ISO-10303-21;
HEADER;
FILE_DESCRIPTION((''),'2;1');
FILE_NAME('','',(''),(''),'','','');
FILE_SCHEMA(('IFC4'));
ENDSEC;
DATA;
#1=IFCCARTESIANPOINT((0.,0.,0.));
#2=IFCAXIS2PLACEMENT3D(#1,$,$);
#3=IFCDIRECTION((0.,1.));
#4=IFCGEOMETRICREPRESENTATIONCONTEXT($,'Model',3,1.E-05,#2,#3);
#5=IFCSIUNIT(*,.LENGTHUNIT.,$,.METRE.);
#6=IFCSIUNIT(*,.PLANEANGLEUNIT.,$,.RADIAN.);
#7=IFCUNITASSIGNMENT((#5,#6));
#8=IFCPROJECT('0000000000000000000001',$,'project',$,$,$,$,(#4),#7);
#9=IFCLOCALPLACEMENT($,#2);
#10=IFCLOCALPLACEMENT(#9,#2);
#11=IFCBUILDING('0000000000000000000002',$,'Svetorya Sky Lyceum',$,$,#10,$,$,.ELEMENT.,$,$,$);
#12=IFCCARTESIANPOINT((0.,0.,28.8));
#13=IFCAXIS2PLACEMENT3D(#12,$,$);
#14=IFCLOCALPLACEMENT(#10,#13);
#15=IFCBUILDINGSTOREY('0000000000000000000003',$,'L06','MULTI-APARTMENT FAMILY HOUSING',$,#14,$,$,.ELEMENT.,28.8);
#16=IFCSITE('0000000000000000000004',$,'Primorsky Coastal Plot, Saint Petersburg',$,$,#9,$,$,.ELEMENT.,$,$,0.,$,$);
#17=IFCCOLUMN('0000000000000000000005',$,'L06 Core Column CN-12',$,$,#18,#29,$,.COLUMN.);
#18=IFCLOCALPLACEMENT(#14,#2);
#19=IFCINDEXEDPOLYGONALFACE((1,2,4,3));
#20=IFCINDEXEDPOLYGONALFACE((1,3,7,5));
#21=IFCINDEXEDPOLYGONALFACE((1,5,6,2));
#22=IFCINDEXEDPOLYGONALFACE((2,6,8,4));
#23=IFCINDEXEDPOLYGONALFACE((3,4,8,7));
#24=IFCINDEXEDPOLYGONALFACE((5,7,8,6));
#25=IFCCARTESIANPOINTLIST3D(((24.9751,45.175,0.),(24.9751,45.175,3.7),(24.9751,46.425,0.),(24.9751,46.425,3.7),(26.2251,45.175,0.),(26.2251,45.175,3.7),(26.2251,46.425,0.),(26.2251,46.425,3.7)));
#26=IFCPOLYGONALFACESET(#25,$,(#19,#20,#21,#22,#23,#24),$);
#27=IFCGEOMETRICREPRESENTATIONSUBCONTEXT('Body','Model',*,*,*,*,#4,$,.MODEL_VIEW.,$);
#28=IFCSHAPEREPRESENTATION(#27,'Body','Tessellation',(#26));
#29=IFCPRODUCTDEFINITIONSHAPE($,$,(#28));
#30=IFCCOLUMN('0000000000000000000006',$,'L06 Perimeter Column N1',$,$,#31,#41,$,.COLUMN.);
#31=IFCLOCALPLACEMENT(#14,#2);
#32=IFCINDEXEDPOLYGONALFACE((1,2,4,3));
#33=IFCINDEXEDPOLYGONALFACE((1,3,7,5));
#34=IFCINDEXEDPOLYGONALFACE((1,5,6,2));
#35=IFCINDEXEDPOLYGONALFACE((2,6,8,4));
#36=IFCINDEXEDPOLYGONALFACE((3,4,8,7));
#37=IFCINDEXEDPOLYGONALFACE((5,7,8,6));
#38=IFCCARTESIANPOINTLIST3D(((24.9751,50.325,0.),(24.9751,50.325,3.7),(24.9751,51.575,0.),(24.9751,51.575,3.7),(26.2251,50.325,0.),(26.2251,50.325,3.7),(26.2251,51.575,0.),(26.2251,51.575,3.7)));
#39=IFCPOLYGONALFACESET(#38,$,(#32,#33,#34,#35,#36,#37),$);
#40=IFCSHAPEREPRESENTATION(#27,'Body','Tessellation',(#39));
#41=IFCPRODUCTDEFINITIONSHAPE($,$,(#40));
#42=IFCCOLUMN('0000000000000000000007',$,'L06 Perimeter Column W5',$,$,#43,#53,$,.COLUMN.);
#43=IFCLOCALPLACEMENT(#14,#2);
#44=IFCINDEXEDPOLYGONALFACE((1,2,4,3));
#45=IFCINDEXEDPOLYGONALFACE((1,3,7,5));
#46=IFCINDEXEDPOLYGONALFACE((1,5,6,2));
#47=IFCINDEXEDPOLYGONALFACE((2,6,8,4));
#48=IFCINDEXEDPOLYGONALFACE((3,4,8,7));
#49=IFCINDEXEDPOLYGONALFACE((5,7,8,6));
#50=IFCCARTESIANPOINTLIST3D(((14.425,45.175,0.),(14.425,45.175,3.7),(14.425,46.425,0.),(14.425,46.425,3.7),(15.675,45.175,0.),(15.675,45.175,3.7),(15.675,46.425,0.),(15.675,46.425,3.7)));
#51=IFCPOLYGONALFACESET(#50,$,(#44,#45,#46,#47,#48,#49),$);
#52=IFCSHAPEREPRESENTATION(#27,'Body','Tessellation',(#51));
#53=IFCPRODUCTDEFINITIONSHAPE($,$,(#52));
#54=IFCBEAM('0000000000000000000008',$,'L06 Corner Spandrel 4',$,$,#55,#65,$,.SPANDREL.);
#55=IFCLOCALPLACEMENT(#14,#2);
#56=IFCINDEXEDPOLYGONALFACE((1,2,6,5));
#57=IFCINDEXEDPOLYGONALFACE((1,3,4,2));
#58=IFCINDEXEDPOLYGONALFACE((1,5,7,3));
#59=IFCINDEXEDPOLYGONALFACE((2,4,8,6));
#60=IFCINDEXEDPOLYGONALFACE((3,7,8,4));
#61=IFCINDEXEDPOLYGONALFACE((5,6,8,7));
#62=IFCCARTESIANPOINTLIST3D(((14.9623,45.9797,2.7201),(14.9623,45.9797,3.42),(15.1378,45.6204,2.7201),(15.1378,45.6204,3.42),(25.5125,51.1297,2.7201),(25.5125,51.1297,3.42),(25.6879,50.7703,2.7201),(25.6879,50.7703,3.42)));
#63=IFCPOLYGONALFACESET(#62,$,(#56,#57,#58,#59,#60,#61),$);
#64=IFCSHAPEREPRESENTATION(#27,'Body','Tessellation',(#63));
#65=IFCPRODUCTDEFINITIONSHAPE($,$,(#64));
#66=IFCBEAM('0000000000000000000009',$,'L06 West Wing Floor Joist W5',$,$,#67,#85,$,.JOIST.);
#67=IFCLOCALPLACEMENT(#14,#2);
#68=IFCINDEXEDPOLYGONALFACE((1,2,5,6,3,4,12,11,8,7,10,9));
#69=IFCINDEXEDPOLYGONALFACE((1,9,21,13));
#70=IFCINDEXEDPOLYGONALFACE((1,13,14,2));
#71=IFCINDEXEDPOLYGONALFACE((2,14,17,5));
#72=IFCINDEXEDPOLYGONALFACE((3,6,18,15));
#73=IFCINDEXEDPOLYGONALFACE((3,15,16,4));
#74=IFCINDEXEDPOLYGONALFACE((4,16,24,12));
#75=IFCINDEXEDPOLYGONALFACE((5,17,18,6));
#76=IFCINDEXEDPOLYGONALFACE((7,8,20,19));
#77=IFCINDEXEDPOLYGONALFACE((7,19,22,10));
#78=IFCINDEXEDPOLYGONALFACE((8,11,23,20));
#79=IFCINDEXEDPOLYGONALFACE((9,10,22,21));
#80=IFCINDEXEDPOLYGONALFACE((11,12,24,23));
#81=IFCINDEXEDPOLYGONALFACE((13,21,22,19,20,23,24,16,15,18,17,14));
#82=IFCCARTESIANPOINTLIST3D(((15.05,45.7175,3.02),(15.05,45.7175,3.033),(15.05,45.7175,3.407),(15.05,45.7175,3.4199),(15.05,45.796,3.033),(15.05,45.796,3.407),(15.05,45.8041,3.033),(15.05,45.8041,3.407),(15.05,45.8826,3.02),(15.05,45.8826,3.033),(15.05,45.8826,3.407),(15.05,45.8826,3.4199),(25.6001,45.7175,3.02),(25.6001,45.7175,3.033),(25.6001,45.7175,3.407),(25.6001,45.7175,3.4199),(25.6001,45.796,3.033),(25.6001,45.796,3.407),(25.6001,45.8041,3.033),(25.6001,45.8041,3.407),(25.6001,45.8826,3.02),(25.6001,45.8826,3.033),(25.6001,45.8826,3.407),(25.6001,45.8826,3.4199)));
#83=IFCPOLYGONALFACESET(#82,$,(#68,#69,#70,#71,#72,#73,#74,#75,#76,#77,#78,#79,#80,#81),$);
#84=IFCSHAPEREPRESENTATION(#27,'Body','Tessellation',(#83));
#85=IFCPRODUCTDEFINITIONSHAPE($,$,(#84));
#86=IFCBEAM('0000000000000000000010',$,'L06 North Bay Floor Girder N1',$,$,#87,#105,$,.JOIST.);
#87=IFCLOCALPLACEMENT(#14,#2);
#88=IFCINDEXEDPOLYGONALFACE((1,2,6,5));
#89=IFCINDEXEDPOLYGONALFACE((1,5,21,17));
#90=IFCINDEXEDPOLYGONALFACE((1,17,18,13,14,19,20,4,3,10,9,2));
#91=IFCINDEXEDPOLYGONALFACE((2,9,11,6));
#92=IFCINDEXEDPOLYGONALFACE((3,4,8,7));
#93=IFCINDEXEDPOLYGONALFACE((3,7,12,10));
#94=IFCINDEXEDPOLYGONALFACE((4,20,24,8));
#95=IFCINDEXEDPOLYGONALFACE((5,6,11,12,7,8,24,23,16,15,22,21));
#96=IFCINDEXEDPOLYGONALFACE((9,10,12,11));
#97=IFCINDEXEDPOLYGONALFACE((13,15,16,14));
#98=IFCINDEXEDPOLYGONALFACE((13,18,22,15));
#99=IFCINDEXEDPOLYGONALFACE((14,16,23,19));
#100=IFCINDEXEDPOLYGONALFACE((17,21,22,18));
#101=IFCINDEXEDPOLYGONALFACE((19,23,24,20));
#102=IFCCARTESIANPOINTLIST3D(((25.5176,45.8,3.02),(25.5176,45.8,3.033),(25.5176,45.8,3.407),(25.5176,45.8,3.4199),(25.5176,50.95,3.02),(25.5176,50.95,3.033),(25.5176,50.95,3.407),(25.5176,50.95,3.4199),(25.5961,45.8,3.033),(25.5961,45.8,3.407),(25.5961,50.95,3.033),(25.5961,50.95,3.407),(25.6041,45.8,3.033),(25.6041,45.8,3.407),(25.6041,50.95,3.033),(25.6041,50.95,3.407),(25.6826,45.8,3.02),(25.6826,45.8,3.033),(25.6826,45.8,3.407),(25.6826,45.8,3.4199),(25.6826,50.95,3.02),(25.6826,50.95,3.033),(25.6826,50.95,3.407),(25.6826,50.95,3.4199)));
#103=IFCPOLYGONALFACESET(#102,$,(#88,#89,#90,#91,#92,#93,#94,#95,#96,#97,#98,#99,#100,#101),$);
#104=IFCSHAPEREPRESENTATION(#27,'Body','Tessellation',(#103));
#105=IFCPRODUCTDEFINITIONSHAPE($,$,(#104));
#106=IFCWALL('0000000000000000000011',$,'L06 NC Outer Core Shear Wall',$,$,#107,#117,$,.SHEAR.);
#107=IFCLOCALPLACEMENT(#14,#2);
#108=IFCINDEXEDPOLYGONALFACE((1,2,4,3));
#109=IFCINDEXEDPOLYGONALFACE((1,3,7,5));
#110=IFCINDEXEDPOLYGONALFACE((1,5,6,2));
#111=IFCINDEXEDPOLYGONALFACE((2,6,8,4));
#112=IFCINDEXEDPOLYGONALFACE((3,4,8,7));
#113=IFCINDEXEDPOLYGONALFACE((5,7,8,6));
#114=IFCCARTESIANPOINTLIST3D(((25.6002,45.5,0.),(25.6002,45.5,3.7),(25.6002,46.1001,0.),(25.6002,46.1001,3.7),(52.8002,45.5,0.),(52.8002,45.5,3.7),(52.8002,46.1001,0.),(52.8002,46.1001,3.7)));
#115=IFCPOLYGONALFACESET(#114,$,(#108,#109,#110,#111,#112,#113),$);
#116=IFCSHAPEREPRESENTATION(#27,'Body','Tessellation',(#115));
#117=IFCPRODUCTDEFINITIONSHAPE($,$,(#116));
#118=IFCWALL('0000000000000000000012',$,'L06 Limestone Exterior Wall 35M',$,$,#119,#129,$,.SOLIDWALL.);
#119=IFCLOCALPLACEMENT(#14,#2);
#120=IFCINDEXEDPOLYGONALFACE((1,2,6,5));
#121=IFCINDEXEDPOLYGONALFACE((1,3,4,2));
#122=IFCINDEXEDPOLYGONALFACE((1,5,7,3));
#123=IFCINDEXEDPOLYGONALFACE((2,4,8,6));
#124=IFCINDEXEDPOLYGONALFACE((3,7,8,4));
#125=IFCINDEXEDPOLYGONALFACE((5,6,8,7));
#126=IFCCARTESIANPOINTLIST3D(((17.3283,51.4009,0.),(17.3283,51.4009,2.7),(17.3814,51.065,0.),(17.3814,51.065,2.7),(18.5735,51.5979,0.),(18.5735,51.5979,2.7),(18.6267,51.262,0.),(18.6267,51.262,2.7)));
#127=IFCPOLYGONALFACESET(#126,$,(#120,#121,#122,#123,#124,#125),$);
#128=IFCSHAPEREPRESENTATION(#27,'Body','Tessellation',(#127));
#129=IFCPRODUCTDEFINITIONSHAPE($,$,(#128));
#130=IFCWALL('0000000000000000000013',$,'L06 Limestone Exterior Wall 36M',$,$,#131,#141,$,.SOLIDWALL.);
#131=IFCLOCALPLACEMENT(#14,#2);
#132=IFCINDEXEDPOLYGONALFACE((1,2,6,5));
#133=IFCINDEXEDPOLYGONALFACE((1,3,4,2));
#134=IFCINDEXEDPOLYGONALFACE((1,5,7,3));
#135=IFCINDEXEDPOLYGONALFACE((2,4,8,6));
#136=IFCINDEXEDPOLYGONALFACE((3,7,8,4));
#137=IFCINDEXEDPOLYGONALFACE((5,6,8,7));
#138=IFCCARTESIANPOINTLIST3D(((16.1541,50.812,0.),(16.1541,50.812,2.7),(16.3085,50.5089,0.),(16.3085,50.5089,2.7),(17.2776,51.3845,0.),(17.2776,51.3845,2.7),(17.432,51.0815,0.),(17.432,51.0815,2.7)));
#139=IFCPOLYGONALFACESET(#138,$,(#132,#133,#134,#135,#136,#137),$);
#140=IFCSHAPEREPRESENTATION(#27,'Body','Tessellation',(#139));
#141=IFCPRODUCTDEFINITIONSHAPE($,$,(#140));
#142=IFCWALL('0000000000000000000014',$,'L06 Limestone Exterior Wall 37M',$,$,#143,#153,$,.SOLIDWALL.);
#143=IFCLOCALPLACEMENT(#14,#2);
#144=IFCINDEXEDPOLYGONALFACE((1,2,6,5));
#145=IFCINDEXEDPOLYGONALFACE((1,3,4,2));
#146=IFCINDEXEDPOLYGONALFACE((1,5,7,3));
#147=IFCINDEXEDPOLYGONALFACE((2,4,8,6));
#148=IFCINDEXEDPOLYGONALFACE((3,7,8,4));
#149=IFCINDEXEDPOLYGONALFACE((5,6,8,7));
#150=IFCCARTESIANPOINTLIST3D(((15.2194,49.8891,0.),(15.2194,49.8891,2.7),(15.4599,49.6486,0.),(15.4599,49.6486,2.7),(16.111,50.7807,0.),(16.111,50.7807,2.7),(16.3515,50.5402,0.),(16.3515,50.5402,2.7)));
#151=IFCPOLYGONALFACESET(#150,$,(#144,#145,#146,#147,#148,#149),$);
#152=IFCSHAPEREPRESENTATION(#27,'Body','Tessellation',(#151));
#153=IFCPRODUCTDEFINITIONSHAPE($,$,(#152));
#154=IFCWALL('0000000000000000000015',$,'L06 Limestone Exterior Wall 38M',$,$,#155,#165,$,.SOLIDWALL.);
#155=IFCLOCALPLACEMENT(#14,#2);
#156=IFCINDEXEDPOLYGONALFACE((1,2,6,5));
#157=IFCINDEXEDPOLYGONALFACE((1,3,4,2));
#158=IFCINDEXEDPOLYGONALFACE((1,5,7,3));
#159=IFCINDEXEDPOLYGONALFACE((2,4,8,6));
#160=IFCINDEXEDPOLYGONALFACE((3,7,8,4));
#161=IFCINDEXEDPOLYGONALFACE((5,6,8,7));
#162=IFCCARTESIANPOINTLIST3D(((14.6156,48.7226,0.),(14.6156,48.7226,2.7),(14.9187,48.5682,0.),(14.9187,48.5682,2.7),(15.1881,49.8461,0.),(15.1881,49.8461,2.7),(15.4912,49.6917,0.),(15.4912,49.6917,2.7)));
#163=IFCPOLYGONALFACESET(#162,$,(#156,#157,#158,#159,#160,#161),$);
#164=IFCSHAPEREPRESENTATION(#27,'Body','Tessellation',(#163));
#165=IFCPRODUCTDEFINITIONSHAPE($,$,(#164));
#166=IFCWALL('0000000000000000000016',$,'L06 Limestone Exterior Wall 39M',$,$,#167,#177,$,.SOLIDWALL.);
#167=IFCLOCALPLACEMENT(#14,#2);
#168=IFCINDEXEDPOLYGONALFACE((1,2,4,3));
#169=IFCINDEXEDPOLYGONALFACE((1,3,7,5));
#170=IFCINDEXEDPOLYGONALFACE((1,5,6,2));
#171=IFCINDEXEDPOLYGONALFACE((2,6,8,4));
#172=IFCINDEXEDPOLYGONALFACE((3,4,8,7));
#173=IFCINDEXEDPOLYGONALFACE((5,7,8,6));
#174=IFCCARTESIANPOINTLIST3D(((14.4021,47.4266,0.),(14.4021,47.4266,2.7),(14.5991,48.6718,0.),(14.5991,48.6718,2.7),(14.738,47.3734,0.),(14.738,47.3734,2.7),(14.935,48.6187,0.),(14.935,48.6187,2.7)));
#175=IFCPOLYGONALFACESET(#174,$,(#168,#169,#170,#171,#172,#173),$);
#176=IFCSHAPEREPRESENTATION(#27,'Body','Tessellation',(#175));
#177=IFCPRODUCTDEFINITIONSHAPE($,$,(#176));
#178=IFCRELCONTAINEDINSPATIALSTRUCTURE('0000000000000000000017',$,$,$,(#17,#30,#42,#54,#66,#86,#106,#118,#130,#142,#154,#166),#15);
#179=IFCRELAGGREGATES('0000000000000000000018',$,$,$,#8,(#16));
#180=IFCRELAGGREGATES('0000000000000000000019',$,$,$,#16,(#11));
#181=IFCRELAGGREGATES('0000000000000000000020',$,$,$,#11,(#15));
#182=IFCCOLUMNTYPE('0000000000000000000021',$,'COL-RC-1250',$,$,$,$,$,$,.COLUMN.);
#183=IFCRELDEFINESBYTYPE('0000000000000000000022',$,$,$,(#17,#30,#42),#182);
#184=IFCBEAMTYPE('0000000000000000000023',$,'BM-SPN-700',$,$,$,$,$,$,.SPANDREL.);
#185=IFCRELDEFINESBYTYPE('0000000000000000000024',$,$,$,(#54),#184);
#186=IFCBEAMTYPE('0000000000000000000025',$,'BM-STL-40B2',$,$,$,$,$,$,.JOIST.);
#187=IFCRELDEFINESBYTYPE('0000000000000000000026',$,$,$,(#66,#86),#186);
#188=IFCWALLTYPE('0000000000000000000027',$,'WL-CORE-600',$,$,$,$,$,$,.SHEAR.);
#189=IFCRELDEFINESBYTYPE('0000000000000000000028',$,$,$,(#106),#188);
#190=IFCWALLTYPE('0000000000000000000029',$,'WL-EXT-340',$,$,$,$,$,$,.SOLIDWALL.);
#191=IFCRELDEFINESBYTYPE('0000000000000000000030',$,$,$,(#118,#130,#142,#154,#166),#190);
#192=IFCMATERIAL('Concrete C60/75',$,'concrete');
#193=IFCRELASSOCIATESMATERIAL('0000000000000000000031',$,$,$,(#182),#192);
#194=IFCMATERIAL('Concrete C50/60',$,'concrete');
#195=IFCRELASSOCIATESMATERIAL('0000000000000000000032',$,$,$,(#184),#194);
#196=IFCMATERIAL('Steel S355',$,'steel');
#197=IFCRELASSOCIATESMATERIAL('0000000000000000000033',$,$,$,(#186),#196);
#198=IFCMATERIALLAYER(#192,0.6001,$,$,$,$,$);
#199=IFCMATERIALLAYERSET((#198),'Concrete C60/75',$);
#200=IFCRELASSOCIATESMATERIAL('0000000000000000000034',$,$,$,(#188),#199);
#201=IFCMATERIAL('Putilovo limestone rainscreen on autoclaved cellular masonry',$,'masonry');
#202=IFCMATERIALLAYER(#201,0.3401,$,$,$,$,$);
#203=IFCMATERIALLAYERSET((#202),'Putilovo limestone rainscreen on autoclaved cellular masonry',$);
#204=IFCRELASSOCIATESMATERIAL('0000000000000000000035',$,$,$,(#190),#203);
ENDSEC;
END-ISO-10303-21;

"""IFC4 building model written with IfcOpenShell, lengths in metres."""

from ifc_helpers import new_model, si_unit, direction, frame, frame_2d, origin, origin_2d, place, context, subcontext, project, spatial, rectangle, i_section, extrude, material, layer, layer_set, material_profile, profile_set, type_object, element, save


model = new_model("IFC4")

# Units and contexts
model_context = context("Model", 3, precision=1e-05, world=origin(), true_north=direction((0.0, 1.0)))
body_context = subcontext(model_context, "Body", "Model", "MODEL_VIEW")
ifc_project = project(units=[si_unit("LENGTHUNIT", "METRE"), si_unit("PLANEANGLEUNIT", "RADIAN")], contexts=[model_context])

# Site, building, storey
site_placement = place(None, origin())
site = spatial("IfcSite", under=ifc_project, at=site_placement, Name="Primorsky Coastal Plot, Saint Petersburg", CompositionType="ELEMENT", RefElevation=0.0)
building_placement = place(site_placement, origin())
building = spatial("IfcBuilding", under=site, at=building_placement, Name="Svetorya Sky Lyceum", CompositionType="ELEMENT")
storey_placement = place(building_placement, frame((0.0, 0.0, 28.8)))
storey = spatial("IfcBuildingStorey", under=building, at=storey_placement, Name="L06", Description="MULTI-APARTMENT FAMILY HOUSING", CompositionType="ELEMENT", Elevation=28.8)

# Columns
ifc_material_1 = material(Name="Concrete C60/75", Category="concrete")
ifc_material_profile_1 = material_profile(ifc_material_1, rectangle(XDim=1.25, YDim=1.25, at=origin_2d()), Name="RC COL 1250x1250")
ifc_profile_set_1 = profile_set([ifc_material_profile_1], Name="Concrete C60/75")
column_type = type_object("IfcColumnType", Name="COL-RC-1250", PredefinedType="COLUMN", material=ifc_profile_set_1)
for number, where, z_axis, x_axis, name in (
    (1, (25.6001, 45.8, 0.0), (0.0, 0.0, 1.0), (1.0, 0.0, 0.0), "L06 Core Column CN-12"),
    (2, (25.6001, 50.95, 0.0), (0.0, 0.0, 1.0), (1.0, 0.0, 0.0), "L06 Perimeter Column N1"),
    (3, (15.05, 45.8, 0.0), (0.0, 0.0, 1.0), (1.0, 0.0, 0.0), "L06 Perimeter Column W5"),
):
    element("IfcColumn", number, at=place(storey_placement, frame(where, z_axis=z_axis, x_axis=x_axis)), inside=storey, type_object=column_type, Name=name, PredefinedType="COLUMN", context=body_context, shape_type="SweptSolid", body=[
        extrude(rectangle(XDim=1.25, YDim=1.25, at=origin_2d()), origin(), (0.0, 0.0, 1.0), 3.7),
    ])

# Beams
ifc_material_2 = material(Name="Concrete C50/60", Category="concrete")
ifc_material_profile_2 = material_profile(ifc_material_2, rectangle(XDim=0.3999, YDim=0.7, at=origin_2d()), Name="RC SPANDREL 400x700")
ifc_profile_set_2 = profile_set([ifc_material_profile_2], Name="Concrete C50/60")
beam_type_1 = type_object("IfcBeamType", Name="BM-SPN-700", PredefinedType="SPANDREL", material=ifc_profile_set_2)
beam_1_placement = place(storey_placement, frame((15.05, 45.8, 3.0701), z_axis=(0.89865, 0.438667, 0.0), x_axis=(-0.438667, 0.89865, 0.0)))
element("IfcBeam", 4, at=beam_1_placement, inside=storey, type_object=beam_type_1, Name="L06 Corner Spandrel 4", PredefinedType="SPANDREL", context=body_context, shape_type="SweptSolid", body=[
    extrude(rectangle(XDim=0.3999, YDim=0.7, at=origin_2d()), origin(), (0.0, 0.0, 1.0), 11.74),
])
ifc_material_3 = material(Name="Steel S355", Category="steel")
ifc_material_profile_3 = material_profile(ifc_material_3, i_section(OverallWidth=0.165, OverallDepth=0.3999, WebThickness=0.0081, FlangeThickness=0.0129, at=origin_2d()), Name="GOST 40B2")
ifc_profile_set_3 = profile_set([ifc_material_profile_3], Name="Steel S355")
beam_type_2 = type_object("IfcBeamType", Name="BM-STL-40B2", PredefinedType="JOIST", material=ifc_profile_set_3)
beam_2_placement = place(storey_placement, frame((15.05, 45.8, 3.22), z_axis=(1.0, 0.0, 0.0), x_axis=(0.0, 1.0, 0.0)))
element("IfcBeam", 5, at=beam_2_placement, inside=storey, type_object=beam_type_2, Name="L06 West Wing Floor Joist W5", PredefinedType="JOIST", context=body_context, shape_type="SweptSolid", body=[
    extrude(i_section(OverallWidth=0.165, OverallDepth=0.3999, WebThickness=0.0081, FlangeThickness=0.0129, at=origin_2d()), origin(), (0.0, 0.0, 1.0), 10.55),
])
beam_3_placement = place(storey_placement, frame((25.6001, 45.8, 3.22), z_axis=(0.0, 1.0, 0.0), x_axis=(-1.0, 0.0, 0.0)))
element("IfcBeam", 6, at=beam_3_placement, inside=storey, type_object=beam_type_2, Name="L06 North Bay Floor Girder N1", PredefinedType="JOIST", context=body_context, shape_type="SweptSolid", body=[
    extrude(i_section(OverallWidth=0.165, OverallDepth=0.3999, WebThickness=0.0081, FlangeThickness=0.0129, at=origin_2d()), origin(), (0.0, 0.0, 1.0), 5.1499),
])

# Walls
ifc_layer_1 = layer(ifc_material_1, 0.6001)
ifc_layer_set_1 = layer_set([ifc_layer_1], Name="Concrete C60/75")
wall_type_1 = type_object("IfcWallType", Name="WL-CORE-600", PredefinedType="SHEAR", material=ifc_layer_set_1)
wall_1_placement = place(storey_placement, frame((25.6001, 45.8, 0.0), z_axis=(0.0, 0.0, 1.0), x_axis=(1.0, 0.0, 0.0)))
element("IfcWall", 7, at=wall_1_placement, inside=storey, type_object=wall_type_1, Name="L06 NC Outer Core Shear Wall", PredefinedType="SHEAR", context=body_context, shape_type="SweptSolid", body=[
    extrude(rectangle(XDim=27.2, YDim=0.6001, at=frame_2d((13.6001, 0.0))), origin(), (0.0, 0.0, 1.0), 3.7),
])
ifc_material_4 = material(Name="Putilovo limestone rainscreen on autoclaved cellular masonry", Category="masonry")
ifc_layer_2 = layer(ifc_material_4, 0.3401)
ifc_layer_set_2 = layer_set([ifc_layer_2], Name="Putilovo limestone rainscreen on autoclaved cellular masonry")
wall_type_2 = type_object("IfcWallType", Name="WL-EXT-340", PredefinedType="SOLIDWALL", material=ifc_layer_set_2)
wall_2_placement = place(storey_placement, frame((18.6001, 51.4299, 0.0), z_axis=(0.0, 0.0, 1.0), x_axis=(-0.987716, -0.156261, 0.0)))
element("IfcWall", 8, at=wall_2_placement, inside=storey, type_object=wall_type_2, Name="L06 Limestone Exterior Wall 35M", PredefinedType="SOLIDWALL", context=body_context, shape_type="SweptSolid", body=[
    extrude(rectangle(XDim=1.2607, YDim=0.3401, at=frame_2d((0.6304, 0.0))), origin(), (0.0, 0.0, 1.0), 2.7),
])
for number, where, z_axis, x_axis, name in (
    (9, (17.3547, 51.2329, 0.0), (0.0, 0.0, 1.0), (-0.890994, -0.454016, 0.0), "L06 Limestone Exterior Wall 36M"),
    (10, (16.2312, 50.6604, 0.0), (0.0, 0.0, 1.0), (-0.707107, -0.707107, 0.0), "L06 Limestone Exterior Wall 37M"),
    (11, (15.3396, 49.7688, 0.0), (0.0, 0.0, 1.0), (-0.454016, -0.890994, 0.0), "L06 Limestone Exterior Wall 38M"),
):
    element("IfcWall", number, at=place(storey_placement, frame(where, z_axis=z_axis, x_axis=x_axis)), inside=storey, type_object=wall_type_2, Name=name, PredefinedType="SOLIDWALL", context=body_context, shape_type="SweptSolid", body=[
        extrude(rectangle(XDim=1.261, YDim=0.3401, at=frame_2d((0.6304, 0.0))), origin(), (0.0, 0.0, 1.0), 2.7),
    ])
wall_3_placement = place(storey_placement, frame((14.7671, 48.6453, 0.0), z_axis=(0.0, 0.0, 1.0), x_axis=(-0.156261, -0.987716, 0.0)))
element("IfcWall", 12, at=wall_3_placement, inside=storey, type_object=wall_type_2, Name="L06 Limestone Exterior Wall 39M", PredefinedType="SOLIDWALL", context=body_context, shape_type="SweptSolid", body=[
    extrude(rectangle(XDim=1.2607, YDim=0.3401, at=frame_2d((0.6304, 0.0))), origin(), (0.0, 0.0, 1.0), 2.7),
])

save(model, "model.ifc")
